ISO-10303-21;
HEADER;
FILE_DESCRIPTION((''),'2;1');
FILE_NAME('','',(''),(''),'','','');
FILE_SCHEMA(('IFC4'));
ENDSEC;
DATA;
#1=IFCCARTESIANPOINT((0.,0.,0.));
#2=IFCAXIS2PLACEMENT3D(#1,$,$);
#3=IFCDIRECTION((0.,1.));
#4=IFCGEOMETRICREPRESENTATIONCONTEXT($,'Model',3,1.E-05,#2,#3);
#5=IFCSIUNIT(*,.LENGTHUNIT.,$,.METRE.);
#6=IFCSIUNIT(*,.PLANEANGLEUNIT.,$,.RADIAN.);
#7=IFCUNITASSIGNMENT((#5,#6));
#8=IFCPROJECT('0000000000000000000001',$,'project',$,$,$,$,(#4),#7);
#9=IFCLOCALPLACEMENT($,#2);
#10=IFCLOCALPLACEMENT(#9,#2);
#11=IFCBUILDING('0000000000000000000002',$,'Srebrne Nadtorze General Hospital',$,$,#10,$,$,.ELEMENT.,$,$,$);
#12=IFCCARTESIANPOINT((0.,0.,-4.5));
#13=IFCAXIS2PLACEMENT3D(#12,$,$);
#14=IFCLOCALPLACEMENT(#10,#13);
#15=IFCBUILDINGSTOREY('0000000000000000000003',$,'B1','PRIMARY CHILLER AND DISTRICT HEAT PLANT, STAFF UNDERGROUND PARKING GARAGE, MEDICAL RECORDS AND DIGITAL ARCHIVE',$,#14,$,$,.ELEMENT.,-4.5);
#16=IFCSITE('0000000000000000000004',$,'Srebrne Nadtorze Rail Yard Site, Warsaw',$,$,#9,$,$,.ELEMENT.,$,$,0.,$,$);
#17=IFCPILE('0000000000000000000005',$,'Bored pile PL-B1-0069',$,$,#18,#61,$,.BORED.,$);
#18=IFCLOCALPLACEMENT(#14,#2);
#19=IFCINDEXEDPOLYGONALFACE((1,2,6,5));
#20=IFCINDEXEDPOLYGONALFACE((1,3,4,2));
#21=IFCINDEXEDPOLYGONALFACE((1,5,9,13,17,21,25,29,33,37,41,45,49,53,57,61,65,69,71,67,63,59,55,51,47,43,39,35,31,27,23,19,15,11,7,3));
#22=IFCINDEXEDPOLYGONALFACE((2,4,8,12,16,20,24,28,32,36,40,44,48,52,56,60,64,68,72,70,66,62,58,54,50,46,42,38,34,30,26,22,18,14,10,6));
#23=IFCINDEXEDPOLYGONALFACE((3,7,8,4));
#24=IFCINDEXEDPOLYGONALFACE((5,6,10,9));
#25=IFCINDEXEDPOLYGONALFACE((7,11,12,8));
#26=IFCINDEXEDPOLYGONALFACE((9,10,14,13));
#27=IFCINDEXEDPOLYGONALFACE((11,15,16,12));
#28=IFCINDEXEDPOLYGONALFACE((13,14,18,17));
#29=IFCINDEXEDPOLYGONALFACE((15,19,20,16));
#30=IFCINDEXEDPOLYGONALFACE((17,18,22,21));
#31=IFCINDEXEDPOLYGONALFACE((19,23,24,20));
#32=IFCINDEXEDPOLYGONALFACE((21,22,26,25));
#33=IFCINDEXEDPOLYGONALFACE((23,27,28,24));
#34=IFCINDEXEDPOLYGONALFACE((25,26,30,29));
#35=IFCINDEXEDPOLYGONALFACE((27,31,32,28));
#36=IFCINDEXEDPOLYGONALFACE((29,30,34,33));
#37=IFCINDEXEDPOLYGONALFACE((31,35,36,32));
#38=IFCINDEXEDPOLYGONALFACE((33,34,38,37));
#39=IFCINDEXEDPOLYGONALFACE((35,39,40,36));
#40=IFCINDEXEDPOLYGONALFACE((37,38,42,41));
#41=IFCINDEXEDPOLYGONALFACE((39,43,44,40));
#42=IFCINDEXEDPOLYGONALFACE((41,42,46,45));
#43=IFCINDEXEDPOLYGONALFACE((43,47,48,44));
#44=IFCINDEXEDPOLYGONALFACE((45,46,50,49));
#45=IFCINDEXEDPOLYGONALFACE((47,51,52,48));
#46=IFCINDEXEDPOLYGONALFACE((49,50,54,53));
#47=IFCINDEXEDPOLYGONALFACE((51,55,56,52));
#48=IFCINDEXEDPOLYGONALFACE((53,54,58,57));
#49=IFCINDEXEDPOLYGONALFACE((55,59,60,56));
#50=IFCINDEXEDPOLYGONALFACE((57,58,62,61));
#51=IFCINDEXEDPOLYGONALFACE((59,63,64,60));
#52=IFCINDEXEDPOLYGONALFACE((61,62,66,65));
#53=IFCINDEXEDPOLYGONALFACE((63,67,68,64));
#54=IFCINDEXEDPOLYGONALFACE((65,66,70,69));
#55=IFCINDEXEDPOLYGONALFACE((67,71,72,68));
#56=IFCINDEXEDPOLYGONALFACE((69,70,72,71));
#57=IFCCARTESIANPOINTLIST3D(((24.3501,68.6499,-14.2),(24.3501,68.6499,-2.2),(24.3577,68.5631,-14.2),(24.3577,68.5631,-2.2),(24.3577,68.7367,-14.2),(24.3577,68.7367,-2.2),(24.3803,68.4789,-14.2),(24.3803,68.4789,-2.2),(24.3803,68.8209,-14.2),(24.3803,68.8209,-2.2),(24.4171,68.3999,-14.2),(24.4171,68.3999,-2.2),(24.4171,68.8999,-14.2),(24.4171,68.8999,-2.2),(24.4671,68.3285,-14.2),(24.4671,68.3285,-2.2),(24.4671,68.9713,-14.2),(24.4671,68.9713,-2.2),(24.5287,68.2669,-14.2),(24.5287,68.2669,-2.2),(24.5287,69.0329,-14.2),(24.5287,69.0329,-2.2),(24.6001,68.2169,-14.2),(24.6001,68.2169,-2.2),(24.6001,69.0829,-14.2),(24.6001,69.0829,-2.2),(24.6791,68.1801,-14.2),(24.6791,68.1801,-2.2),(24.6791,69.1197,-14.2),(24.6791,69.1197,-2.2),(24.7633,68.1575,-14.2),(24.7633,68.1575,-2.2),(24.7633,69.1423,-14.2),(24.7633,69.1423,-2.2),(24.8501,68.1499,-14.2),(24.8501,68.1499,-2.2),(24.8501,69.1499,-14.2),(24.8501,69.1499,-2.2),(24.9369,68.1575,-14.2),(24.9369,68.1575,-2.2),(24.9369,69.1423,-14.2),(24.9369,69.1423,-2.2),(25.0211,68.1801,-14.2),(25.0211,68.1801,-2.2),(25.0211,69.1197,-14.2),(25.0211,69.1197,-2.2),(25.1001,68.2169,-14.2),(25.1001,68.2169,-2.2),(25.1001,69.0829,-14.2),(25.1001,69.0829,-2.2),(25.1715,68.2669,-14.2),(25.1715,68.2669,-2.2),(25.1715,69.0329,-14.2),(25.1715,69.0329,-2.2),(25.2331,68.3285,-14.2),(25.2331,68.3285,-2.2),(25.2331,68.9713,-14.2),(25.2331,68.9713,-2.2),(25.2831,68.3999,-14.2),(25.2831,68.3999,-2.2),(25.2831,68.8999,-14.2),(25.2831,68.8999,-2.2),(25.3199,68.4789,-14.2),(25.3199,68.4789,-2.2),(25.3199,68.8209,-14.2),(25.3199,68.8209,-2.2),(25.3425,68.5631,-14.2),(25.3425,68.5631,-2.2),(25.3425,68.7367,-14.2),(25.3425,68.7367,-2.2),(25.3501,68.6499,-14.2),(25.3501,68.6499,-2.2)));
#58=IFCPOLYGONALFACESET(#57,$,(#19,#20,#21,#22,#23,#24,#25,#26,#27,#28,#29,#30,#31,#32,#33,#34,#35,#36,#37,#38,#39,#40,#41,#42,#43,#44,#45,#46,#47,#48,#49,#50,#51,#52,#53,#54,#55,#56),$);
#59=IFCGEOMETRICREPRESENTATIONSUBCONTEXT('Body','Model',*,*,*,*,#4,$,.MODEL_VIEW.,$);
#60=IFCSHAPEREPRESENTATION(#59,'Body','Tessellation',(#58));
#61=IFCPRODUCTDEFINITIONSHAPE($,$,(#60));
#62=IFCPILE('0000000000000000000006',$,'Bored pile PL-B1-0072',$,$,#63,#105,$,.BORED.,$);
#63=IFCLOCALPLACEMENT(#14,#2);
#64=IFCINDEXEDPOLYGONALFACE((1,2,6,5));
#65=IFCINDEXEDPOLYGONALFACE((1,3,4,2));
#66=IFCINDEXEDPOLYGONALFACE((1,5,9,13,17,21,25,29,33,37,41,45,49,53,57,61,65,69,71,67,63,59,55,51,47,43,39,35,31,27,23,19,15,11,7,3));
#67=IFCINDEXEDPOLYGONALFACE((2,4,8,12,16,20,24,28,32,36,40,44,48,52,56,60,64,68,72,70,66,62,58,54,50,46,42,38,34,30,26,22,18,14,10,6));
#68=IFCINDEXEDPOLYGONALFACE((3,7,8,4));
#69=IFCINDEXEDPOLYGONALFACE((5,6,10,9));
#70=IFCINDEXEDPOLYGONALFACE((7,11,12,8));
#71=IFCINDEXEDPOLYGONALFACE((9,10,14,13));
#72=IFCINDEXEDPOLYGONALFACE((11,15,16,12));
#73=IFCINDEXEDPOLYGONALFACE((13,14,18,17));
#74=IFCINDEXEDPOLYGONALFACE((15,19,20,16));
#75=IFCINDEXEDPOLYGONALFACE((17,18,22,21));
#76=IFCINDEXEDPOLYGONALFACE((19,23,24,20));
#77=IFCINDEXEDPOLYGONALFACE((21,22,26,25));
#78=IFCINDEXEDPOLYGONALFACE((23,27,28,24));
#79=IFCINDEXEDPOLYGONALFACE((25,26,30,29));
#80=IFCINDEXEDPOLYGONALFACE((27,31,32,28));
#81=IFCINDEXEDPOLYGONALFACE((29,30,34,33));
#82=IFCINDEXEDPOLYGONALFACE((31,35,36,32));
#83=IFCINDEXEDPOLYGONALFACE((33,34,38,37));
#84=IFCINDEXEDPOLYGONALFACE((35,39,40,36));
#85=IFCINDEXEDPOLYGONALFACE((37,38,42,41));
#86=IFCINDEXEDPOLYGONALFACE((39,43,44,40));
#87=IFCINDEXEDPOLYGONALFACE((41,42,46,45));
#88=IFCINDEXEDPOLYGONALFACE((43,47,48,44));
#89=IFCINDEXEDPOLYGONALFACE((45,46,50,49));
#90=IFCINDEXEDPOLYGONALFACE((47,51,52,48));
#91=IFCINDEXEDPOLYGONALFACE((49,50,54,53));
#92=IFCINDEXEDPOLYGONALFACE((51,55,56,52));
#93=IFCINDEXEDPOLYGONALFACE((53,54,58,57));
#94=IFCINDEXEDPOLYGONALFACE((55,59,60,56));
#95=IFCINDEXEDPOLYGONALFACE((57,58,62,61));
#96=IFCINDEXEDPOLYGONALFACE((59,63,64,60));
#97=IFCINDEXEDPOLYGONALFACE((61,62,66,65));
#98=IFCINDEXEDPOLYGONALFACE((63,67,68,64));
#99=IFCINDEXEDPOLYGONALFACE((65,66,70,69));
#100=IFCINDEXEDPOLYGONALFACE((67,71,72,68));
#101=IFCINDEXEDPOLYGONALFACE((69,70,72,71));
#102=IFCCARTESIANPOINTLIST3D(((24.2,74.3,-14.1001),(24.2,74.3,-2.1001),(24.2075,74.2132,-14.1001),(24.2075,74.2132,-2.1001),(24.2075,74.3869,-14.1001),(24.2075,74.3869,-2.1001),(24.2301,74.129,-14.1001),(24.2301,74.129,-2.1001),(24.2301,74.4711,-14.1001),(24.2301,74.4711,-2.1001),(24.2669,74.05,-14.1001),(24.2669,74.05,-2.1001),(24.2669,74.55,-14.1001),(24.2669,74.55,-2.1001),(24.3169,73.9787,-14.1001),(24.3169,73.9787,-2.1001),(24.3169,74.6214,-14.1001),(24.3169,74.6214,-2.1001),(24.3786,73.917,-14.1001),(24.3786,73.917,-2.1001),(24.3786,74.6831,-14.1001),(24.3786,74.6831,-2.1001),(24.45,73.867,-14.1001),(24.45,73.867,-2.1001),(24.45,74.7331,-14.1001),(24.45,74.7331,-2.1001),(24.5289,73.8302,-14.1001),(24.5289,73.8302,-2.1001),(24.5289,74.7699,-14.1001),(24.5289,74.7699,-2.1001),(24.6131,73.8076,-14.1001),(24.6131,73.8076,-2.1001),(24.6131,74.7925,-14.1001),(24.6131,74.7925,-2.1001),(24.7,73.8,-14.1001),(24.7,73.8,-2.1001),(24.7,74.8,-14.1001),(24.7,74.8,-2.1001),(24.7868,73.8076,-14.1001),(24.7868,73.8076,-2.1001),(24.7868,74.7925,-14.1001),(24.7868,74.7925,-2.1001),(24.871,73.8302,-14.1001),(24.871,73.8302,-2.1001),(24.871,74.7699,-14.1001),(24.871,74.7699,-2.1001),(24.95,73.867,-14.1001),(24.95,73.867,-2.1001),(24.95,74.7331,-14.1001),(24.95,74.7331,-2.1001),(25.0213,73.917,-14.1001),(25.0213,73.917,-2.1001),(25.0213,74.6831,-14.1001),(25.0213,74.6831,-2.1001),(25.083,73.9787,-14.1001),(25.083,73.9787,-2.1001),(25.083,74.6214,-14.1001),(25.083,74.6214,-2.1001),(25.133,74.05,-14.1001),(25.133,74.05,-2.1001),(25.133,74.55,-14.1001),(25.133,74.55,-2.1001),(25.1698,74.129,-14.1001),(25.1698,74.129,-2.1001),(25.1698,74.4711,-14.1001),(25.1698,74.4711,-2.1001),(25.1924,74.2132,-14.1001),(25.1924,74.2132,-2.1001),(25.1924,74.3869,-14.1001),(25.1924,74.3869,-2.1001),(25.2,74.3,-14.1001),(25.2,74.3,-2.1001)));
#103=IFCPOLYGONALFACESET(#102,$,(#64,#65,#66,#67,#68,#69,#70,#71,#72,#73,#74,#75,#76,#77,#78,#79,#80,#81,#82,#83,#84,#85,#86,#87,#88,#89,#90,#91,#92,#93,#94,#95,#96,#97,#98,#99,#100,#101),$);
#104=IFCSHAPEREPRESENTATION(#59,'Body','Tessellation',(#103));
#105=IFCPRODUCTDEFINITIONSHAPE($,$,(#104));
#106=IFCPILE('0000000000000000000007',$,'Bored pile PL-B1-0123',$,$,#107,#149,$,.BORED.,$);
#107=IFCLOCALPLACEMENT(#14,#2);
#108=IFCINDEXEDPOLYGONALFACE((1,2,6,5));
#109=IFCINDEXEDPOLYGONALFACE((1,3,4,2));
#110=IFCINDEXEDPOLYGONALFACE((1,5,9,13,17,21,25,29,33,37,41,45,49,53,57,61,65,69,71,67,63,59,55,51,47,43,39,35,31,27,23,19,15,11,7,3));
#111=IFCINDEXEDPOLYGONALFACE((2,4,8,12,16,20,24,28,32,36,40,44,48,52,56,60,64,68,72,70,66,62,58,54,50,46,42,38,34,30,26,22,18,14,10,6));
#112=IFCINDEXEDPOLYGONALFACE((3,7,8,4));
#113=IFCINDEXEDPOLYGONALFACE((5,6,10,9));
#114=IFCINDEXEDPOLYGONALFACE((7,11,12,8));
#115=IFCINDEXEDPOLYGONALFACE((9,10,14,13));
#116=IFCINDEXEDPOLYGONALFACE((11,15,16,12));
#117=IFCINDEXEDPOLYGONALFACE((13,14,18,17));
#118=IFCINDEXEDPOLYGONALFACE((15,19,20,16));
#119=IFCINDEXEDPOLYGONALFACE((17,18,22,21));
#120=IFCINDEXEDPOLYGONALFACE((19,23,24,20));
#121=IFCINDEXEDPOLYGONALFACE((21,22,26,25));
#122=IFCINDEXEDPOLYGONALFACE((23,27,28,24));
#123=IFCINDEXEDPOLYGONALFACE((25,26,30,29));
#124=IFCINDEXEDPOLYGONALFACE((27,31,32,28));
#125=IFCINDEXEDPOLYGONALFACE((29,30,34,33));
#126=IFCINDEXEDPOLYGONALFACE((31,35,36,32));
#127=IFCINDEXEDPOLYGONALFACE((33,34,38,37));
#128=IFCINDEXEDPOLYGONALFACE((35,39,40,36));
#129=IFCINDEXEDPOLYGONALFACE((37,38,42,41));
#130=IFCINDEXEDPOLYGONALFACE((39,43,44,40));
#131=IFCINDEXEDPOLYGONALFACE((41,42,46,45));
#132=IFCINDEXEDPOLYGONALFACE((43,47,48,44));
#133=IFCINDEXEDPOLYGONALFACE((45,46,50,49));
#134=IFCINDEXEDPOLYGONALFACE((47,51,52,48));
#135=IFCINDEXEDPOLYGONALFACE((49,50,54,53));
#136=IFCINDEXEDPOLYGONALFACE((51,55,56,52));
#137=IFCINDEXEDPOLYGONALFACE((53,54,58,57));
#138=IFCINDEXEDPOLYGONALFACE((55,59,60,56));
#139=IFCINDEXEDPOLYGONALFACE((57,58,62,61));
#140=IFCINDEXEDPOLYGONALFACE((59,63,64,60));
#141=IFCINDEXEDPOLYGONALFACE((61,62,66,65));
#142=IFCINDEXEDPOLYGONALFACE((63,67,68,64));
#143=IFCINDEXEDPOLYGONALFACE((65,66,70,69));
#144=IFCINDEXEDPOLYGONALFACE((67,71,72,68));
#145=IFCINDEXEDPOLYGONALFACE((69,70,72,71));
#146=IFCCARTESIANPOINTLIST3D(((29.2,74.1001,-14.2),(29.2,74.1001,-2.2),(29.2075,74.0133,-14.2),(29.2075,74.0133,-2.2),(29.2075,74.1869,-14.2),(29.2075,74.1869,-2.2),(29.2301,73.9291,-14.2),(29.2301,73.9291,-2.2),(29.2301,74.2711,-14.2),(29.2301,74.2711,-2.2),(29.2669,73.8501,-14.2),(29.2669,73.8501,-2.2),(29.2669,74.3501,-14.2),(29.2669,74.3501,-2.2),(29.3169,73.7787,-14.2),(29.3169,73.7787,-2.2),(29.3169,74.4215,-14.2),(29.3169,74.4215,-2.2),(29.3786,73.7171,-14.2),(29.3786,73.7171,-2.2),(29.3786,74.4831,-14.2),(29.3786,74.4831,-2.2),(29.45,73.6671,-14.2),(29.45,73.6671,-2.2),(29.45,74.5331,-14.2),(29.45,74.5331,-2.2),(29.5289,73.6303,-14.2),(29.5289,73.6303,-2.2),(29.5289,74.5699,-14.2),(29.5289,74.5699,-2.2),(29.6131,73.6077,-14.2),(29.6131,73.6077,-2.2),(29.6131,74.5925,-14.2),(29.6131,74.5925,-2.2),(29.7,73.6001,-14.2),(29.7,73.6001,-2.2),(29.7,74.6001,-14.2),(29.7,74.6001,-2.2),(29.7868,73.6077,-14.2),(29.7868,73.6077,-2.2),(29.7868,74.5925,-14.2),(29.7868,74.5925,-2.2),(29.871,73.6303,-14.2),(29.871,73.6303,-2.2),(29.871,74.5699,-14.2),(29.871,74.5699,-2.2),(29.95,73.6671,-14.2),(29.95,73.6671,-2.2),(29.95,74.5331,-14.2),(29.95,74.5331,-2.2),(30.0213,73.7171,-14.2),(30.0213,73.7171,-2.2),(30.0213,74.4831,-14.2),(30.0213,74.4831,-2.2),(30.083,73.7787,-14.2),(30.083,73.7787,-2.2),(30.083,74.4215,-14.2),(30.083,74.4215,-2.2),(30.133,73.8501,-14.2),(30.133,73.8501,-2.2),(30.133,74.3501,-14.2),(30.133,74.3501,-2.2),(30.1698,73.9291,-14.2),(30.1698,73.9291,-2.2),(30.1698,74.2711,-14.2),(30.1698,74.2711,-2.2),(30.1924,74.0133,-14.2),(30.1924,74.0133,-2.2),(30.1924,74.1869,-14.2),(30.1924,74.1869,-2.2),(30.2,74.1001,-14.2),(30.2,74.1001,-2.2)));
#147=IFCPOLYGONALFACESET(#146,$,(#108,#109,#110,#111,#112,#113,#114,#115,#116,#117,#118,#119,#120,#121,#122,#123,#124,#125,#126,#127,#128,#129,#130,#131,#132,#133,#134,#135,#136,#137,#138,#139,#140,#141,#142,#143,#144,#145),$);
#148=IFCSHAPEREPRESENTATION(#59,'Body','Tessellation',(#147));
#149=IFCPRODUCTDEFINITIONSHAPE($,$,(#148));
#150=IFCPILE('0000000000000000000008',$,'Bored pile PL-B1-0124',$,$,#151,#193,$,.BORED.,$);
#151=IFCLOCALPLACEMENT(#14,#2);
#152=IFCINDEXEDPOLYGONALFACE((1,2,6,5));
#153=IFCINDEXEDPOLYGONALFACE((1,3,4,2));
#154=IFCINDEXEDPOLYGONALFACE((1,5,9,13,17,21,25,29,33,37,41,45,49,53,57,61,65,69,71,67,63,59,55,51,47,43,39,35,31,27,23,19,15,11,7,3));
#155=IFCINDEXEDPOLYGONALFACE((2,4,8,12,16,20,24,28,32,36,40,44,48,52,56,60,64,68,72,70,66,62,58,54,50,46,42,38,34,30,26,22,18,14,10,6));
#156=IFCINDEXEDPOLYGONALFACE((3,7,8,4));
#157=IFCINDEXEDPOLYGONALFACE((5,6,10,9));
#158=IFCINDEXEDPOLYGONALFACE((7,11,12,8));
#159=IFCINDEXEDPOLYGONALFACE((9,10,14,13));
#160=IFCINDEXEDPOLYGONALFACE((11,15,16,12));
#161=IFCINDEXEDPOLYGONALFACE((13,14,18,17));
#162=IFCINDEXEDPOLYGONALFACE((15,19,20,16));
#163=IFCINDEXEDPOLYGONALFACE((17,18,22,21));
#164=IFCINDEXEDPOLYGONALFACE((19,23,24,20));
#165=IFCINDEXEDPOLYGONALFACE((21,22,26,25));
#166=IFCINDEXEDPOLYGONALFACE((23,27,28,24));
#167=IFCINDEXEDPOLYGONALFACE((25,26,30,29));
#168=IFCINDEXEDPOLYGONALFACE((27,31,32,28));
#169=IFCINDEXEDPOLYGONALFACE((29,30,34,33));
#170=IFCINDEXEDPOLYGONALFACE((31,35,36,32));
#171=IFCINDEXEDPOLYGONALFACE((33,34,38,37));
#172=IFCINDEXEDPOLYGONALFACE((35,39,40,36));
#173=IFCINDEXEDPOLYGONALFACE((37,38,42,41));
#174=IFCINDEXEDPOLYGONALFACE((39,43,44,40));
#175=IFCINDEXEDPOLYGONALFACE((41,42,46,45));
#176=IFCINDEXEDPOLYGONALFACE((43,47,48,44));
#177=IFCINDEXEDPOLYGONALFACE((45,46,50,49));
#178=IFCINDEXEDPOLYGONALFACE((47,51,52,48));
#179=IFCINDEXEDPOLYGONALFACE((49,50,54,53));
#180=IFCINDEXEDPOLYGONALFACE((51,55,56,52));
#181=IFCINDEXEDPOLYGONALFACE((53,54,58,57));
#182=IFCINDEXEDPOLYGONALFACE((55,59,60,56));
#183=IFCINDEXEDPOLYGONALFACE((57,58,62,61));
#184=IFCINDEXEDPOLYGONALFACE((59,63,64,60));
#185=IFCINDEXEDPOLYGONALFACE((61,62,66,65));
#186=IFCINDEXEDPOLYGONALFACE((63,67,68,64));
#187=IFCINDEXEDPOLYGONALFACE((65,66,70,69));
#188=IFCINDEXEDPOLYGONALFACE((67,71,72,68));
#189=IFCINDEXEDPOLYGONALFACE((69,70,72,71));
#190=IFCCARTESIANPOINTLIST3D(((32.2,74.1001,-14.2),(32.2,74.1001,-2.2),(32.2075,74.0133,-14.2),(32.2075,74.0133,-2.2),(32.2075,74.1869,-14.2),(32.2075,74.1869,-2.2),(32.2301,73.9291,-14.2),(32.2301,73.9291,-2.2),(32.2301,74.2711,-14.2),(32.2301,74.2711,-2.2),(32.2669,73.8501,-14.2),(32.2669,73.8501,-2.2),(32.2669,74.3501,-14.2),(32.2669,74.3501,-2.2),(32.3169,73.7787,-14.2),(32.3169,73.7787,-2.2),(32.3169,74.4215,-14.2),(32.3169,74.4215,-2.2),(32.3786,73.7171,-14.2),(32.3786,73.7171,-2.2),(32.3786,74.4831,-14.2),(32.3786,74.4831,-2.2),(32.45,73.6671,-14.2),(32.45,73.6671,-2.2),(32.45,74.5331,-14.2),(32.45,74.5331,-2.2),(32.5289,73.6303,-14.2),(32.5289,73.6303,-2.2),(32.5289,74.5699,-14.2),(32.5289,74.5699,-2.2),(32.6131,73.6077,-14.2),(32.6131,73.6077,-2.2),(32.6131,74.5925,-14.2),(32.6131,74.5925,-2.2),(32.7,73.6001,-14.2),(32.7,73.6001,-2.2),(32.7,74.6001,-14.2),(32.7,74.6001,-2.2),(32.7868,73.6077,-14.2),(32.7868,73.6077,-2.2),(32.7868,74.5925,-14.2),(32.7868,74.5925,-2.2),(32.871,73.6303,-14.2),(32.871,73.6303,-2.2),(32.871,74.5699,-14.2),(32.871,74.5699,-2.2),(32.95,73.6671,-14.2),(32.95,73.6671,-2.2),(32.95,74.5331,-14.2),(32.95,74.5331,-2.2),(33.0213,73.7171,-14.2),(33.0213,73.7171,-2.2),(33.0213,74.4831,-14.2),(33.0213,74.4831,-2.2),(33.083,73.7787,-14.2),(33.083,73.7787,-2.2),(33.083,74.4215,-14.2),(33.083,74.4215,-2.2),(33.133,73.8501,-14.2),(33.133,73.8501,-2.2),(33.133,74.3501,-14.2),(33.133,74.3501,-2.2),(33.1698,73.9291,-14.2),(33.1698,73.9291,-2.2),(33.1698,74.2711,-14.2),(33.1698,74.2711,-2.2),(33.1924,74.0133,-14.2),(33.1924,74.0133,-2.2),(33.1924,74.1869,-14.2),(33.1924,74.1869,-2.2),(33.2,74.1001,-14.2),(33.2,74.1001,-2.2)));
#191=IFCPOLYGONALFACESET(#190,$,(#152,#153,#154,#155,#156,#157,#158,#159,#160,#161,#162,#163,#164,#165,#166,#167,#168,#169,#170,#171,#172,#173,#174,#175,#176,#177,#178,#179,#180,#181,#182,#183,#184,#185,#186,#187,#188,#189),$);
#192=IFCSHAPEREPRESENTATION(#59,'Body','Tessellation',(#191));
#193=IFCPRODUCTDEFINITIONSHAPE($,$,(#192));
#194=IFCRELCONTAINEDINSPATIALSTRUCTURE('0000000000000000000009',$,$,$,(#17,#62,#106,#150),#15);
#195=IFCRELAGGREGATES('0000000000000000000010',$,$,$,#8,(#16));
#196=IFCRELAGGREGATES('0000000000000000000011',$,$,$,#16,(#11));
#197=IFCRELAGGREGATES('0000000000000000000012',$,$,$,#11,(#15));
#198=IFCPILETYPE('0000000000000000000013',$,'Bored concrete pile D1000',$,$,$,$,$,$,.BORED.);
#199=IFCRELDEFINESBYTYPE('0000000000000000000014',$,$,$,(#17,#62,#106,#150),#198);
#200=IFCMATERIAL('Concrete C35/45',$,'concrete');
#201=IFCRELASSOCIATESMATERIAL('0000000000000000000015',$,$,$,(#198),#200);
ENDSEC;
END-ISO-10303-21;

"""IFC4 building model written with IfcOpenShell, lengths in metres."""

from ifc_helpers import new_model, si_unit, direction, frame, origin, origin_2d, place, context, subcontext, project, spatial, circle, extrude, material, material_profile, profile_set, type_object, element, save


model = new_model("IFC4")

# Units and contexts
model_context = context("Model", 3, precision=1e-05, world=origin(), true_north=direction((0.0, 1.0)))
body_context = subcontext(model_context, "Body", "Model", "MODEL_VIEW")
ifc_project = project(units=[si_unit("LENGTHUNIT", "METRE"), si_unit("PLANEANGLEUNIT", "RADIAN")], contexts=[model_context])

# Site, building, storey
site_placement = place(None, origin())
site = spatial("IfcSite", under=ifc_project, at=site_placement, Name="Srebrne Nadtorze Rail Yard Site, Warsaw", CompositionType="ELEMENT", RefElevation=0.0)
building_placement = place(site_placement, origin())
building = spatial("IfcBuilding", under=site, at=building_placement, Name="Srebrne Nadtorze General Hospital", CompositionType="ELEMENT")
storey_placement = place(building_placement, frame((0.0, 0.0, -4.5)))
storey = spatial("IfcBuildingStorey", under=building, at=storey_placement, Name="B1", Description="PRIMARY CHILLER AND DISTRICT HEAT PLANT, STAFF UNDERGROUND PARKING GARAGE, MEDICAL RECORDS AND DIGITAL ARCHIVE", CompositionType="ELEMENT", Elevation=-4.5)

# Piles
ifc_material_1 = material(Name="Concrete C35/45", Category="concrete")
ifc_material_profile_1 = material_profile(ifc_material_1, circle(Radius=0.5, at=origin_2d()), Name="PILE-D1000")
ifc_profile_set_1 = profile_set([ifc_material_profile_1], Name="Concrete C35/45")
pile_type_1 = type_object("IfcPileType", Name="Bored concrete pile D1000", PredefinedType="BORED", material=ifc_profile_set_1)
for number, where, z_axis, x_axis, name in (
    (1, (24.8501, 68.6499, -2.2), (0.0, 0.0, -1.0), (1.0, 0.0, 0.0), "Bored pile PL-B1-0069"),
    (2, (24.7, 74.3, -2.1001), (0.0, 0.0, -1.0), (1.0, 0.0, 0.0), "Bored pile PL-B1-0072"),
    (3, (29.7, 74.1001, -2.2), (0.0, 0.0, -1.0), (1.0, 0.0, 0.0), "Bored pile PL-B1-0123"),
    (4, (32.7, 74.1001, -2.2), (0.0, 0.0, -1.0), (1.0, 0.0, 0.0), "Bored pile PL-B1-0124"),
):
    element("IfcPile", number, at=place(storey_placement, frame(where, z_axis=z_axis, x_axis=x_axis)), inside=storey, type_object=pile_type_1, Name=name, PredefinedType="BORED", context=body_context, shape_type="SweptSolid", body=[
        extrude(circle(Radius=0.5, at=origin_2d()), origin(), (0.0, 0.0, 1.0), 12.0),
    ])

save(model, "model.ifc")
